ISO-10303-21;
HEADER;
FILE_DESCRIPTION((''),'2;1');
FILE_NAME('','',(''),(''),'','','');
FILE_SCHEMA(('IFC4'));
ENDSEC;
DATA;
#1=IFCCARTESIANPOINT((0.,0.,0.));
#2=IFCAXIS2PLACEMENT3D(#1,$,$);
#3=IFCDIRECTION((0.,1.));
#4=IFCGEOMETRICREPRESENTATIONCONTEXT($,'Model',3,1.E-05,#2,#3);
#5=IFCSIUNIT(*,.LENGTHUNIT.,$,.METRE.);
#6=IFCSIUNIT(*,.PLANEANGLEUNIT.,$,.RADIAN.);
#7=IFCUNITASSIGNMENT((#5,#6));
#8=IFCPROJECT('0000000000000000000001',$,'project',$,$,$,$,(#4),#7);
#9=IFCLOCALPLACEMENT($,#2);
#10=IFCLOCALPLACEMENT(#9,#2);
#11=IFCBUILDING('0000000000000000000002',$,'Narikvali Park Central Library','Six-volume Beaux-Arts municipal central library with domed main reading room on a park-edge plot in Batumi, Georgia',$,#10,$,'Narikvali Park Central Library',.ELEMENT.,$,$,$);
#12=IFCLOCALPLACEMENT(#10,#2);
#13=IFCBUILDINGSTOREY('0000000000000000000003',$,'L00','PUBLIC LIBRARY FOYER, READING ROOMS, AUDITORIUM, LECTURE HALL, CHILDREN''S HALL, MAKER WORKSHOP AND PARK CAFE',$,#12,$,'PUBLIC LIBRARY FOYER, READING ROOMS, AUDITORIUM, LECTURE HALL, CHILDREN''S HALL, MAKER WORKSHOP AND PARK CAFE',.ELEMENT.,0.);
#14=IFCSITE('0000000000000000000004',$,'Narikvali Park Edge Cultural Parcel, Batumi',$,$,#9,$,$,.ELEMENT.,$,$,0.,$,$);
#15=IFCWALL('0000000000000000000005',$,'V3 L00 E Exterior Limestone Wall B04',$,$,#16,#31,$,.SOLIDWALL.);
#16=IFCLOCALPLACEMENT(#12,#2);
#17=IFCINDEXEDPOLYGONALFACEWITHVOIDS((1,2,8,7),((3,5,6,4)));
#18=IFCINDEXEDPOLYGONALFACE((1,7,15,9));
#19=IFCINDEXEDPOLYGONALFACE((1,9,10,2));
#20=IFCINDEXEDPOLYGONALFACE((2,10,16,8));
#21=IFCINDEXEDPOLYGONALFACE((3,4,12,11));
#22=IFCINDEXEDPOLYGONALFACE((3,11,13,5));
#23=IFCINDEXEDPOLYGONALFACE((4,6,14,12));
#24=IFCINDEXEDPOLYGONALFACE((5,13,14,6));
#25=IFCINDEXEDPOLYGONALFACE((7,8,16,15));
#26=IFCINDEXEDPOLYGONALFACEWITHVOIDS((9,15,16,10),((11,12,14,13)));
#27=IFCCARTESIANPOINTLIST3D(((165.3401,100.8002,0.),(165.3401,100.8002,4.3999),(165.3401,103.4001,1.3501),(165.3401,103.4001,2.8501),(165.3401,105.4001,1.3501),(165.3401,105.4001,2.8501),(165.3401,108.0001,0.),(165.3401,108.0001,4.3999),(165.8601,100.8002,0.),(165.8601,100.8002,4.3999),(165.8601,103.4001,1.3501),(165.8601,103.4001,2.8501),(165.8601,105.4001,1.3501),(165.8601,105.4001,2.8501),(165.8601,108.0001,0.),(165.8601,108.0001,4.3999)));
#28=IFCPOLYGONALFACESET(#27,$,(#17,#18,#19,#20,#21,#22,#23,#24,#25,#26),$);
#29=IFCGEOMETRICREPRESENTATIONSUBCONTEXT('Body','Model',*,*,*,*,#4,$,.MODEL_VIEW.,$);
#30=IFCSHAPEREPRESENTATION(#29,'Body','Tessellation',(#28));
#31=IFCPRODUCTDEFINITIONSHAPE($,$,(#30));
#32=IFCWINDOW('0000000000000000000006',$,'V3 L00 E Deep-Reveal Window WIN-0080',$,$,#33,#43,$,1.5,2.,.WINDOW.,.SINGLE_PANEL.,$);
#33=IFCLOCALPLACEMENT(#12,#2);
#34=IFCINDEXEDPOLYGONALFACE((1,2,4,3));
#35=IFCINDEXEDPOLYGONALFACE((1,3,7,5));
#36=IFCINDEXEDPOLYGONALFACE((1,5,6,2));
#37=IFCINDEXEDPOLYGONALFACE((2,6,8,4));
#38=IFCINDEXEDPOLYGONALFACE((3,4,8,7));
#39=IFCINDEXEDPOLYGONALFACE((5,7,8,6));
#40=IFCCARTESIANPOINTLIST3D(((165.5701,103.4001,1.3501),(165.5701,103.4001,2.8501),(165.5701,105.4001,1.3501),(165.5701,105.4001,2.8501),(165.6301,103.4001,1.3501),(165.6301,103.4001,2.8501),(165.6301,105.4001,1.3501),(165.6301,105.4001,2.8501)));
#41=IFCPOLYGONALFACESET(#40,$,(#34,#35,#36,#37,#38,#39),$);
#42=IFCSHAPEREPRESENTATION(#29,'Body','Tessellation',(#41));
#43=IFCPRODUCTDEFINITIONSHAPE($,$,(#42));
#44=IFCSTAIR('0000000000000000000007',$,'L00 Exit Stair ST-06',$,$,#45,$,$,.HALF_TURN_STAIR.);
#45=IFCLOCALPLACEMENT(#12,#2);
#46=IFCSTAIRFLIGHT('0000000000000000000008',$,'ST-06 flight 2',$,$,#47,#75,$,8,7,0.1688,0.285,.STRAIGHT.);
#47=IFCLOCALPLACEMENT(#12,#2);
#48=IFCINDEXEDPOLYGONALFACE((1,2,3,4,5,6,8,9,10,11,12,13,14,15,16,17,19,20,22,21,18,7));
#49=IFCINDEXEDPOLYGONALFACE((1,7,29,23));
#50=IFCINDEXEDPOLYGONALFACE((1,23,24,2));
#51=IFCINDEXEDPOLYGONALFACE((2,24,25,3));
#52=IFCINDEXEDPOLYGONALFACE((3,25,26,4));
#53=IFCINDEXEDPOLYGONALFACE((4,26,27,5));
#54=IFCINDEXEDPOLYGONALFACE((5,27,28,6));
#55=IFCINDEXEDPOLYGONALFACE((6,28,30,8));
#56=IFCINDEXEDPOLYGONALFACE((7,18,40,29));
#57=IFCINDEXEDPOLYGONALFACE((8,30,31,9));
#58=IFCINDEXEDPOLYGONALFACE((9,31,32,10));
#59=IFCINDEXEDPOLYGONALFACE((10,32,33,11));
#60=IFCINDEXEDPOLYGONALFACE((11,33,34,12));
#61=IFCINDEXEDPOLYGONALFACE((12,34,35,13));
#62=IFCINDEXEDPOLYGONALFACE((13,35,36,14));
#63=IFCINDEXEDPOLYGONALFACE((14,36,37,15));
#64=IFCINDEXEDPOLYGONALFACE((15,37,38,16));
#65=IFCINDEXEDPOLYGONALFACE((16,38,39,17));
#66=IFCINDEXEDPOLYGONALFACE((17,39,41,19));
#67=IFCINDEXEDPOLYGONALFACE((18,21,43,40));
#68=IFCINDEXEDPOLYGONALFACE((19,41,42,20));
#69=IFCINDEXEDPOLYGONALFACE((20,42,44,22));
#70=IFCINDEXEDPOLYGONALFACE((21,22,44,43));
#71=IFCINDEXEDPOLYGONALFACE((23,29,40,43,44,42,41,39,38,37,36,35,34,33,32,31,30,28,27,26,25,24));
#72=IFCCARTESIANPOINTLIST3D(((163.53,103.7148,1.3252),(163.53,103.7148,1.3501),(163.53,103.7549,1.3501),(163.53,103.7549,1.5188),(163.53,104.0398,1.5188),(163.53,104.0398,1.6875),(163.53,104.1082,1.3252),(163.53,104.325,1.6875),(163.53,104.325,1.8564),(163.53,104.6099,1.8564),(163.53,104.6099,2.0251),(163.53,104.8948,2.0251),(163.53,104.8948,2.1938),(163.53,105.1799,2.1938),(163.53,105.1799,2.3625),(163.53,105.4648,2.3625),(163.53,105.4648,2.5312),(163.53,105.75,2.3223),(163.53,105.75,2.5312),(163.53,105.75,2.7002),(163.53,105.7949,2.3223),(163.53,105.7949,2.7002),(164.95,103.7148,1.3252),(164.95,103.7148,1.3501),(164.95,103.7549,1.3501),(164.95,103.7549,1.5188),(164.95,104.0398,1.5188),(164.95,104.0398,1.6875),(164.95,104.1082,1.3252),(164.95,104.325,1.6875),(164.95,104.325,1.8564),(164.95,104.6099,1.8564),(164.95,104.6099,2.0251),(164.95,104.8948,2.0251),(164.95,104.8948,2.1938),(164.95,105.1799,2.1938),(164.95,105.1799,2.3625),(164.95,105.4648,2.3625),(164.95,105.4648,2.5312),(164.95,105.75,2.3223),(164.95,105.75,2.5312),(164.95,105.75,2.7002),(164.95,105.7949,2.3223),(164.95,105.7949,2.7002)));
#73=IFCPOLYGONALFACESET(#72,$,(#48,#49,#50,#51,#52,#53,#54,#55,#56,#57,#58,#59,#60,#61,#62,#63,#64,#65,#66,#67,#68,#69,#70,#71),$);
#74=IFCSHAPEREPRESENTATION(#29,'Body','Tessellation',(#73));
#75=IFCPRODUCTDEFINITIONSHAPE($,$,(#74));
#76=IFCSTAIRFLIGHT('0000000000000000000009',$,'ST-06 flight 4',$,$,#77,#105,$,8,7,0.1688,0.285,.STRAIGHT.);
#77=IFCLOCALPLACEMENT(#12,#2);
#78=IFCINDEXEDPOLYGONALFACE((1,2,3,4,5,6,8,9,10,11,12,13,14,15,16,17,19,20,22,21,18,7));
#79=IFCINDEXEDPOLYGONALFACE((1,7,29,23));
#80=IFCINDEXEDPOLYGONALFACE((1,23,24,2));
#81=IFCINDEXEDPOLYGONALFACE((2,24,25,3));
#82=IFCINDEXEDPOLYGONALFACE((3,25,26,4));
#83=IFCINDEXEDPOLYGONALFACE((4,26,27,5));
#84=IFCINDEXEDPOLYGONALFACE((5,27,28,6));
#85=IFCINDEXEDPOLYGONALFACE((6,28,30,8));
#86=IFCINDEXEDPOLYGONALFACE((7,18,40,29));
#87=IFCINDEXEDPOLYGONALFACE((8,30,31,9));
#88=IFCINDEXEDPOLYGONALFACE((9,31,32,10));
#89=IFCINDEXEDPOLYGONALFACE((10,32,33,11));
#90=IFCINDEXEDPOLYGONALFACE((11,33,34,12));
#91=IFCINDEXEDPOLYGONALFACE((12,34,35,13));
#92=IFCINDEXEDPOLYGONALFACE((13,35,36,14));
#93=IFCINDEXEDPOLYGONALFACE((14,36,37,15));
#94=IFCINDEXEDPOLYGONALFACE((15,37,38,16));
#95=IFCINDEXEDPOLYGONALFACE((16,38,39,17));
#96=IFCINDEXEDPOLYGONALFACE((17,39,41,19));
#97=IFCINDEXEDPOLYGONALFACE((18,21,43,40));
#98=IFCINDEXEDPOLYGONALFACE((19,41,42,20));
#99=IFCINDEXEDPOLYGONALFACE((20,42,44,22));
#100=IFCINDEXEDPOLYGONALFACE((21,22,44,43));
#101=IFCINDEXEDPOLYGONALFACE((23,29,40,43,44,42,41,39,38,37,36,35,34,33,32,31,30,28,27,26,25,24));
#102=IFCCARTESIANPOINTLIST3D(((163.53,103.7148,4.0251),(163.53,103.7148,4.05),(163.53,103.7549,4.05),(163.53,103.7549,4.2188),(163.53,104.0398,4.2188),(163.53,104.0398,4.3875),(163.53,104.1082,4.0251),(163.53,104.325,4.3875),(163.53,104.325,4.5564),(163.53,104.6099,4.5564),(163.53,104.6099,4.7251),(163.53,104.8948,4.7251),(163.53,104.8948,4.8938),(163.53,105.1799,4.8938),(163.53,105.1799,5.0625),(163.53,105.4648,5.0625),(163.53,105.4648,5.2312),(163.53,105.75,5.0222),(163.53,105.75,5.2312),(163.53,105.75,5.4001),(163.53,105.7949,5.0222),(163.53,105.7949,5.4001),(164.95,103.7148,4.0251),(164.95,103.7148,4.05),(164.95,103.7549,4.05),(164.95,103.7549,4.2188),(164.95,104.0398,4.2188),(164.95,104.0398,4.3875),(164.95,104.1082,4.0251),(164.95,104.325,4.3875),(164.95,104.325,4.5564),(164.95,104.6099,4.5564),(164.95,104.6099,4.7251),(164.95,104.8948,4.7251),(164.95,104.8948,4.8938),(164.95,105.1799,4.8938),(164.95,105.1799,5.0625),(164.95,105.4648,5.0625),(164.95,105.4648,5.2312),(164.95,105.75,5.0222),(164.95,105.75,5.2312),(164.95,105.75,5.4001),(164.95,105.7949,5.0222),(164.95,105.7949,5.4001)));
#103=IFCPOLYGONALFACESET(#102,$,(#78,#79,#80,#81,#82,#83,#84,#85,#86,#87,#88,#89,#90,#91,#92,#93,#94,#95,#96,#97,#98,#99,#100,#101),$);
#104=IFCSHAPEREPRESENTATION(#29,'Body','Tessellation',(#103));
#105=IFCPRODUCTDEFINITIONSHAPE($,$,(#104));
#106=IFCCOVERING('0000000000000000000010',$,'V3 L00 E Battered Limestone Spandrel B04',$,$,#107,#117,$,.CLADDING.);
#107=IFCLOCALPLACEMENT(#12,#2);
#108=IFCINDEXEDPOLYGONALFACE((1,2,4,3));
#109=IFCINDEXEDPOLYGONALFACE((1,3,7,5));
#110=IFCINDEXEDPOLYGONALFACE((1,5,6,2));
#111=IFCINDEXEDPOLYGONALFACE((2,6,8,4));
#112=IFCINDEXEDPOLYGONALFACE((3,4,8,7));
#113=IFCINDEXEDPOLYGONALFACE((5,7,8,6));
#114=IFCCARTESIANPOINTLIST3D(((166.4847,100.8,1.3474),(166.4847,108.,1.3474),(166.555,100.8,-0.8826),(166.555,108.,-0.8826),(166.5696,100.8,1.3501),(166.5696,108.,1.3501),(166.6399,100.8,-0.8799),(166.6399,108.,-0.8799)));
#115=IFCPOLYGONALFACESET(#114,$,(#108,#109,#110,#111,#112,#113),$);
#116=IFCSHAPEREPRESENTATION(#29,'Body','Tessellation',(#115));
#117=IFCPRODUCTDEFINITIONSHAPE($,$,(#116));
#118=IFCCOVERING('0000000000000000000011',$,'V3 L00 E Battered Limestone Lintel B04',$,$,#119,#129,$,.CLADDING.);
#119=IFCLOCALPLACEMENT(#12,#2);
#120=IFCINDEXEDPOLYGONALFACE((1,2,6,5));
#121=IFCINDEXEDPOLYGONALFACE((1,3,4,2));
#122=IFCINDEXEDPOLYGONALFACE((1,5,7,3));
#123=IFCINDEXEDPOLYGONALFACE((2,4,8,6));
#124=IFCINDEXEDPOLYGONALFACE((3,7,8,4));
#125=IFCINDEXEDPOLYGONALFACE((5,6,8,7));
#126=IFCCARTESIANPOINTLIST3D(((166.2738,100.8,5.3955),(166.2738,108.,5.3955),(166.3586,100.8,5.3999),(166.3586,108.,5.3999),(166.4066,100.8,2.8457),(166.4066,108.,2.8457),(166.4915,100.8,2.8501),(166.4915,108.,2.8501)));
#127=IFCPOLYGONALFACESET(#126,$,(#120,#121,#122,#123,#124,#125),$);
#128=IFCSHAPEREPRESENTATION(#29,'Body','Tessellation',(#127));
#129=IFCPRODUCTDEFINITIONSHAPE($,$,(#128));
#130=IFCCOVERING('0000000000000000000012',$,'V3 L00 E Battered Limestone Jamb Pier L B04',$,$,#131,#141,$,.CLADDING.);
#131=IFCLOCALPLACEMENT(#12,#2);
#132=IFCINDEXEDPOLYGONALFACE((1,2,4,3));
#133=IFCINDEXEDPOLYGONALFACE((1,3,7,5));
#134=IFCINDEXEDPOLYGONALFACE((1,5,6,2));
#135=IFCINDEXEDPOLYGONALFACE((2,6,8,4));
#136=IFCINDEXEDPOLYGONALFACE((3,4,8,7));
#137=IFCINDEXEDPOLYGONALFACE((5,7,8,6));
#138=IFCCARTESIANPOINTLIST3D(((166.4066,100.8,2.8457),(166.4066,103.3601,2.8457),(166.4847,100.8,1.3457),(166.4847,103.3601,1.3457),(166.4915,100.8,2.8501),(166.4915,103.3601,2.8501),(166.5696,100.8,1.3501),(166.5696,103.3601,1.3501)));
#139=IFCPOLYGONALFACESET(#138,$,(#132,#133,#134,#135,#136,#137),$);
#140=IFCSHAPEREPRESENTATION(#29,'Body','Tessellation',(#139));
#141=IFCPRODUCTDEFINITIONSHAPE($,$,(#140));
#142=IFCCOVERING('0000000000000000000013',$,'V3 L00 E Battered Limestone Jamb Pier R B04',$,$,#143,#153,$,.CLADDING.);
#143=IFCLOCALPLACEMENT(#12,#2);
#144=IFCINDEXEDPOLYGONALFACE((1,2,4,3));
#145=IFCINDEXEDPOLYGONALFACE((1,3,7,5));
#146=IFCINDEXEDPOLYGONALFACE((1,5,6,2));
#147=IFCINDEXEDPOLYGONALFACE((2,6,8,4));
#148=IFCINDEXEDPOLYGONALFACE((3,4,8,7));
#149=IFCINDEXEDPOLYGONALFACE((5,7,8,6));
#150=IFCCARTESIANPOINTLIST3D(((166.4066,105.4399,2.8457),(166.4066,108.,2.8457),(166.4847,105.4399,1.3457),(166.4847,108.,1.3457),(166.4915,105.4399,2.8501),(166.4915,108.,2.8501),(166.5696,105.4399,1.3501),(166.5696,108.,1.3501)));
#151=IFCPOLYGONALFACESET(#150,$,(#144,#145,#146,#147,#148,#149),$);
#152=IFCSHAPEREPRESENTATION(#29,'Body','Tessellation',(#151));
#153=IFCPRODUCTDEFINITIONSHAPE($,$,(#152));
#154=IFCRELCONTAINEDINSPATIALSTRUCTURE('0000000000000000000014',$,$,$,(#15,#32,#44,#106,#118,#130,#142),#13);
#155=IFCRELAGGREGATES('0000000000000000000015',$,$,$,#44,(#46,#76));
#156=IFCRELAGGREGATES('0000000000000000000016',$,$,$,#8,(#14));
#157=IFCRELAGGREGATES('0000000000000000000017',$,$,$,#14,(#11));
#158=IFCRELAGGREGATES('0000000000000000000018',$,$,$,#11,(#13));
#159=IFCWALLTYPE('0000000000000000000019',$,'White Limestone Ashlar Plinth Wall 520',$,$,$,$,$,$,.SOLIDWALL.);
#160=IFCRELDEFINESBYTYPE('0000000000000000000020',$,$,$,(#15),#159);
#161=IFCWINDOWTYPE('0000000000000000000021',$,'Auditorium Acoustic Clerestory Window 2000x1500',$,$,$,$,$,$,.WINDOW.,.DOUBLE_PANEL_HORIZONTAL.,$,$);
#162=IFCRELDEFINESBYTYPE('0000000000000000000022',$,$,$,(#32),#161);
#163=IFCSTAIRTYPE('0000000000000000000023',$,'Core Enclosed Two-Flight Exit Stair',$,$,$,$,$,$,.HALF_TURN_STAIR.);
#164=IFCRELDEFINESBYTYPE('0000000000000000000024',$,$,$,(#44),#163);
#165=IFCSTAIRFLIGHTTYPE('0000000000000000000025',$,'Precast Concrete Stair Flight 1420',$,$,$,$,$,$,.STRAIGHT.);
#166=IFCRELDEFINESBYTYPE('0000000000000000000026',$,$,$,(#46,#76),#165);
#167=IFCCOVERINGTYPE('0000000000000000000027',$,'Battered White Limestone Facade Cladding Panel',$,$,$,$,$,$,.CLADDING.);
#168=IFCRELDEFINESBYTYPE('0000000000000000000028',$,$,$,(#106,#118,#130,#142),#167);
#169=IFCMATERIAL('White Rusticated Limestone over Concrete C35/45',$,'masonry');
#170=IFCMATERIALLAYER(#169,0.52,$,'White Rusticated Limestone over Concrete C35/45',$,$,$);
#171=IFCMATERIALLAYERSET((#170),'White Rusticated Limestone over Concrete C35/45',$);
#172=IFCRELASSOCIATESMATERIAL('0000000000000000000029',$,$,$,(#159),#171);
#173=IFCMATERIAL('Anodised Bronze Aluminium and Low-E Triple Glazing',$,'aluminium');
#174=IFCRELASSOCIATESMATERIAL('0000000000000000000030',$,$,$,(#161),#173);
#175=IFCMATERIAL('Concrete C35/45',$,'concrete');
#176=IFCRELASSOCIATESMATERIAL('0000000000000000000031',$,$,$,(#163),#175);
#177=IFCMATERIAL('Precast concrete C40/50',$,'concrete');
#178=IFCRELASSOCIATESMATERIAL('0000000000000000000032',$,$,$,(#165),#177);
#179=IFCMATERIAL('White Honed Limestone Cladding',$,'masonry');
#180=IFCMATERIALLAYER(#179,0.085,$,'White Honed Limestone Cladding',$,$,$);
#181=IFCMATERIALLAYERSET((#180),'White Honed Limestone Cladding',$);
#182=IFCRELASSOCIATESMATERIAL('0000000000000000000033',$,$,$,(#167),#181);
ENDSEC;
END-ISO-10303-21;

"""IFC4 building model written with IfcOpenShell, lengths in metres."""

from ifc_helpers import new_model, si_unit, direction, frame, frame_2d, origin, place, context, subcontext, project, spatial, polyline, rectangle, outline, extrude, material, layer, layer_set, type_object, element, fill, aggregate, save


model = new_model("IFC4")

# Units and contexts
model_context = context("Model", 3, precision=1e-05, world=origin(), true_north=direction((0.0, 1.0)))
body_context = subcontext(model_context, "Body", "Model", "MODEL_VIEW")
ifc_project = project(units=[si_unit("LENGTHUNIT", "METRE"), si_unit("PLANEANGLEUNIT", "RADIAN")], contexts=[model_context])

# Site, building, storey
site_placement = place(None, origin())
site = spatial("IfcSite", under=ifc_project, at=site_placement, Name="Narikvali Park Edge Cultural Parcel, Batumi", CompositionType="ELEMENT", RefElevation=0.0)
building_placement = place(site_placement, origin())
building = spatial("IfcBuilding", under=site, at=building_placement, Name="Narikvali Park Central Library", Description="Six-volume Beaux-Arts municipal central library with domed main reading room on a park-edge plot in Batumi, Georgia", LongName="Narikvali Park Central Library", CompositionType="ELEMENT")
storey_placement = place(building_placement, origin())
storey = spatial("IfcBuildingStorey", under=building, at=storey_placement, Name="L00", Description="PUBLIC LIBRARY FOYER, READING ROOMS, AUDITORIUM, LECTURE HALL, CHILDREN'S HALL, MAKER WORKSHOP AND PARK CAFE", LongName="PUBLIC LIBRARY FOYER, READING ROOMS, AUDITORIUM, LECTURE HALL, CHILDREN'S HALL, MAKER WORKSHOP AND PARK CAFE", CompositionType="ELEMENT", Elevation=0.0)

# Wall, opening, window
ifc_material_1 = material(Name="White Rusticated Limestone over Concrete C35/45", Category="masonry")
ifc_layer_1 = layer(ifc_material_1, 0.52, Name="White Rusticated Limestone over Concrete C35/45")
ifc_layer_set_1 = layer_set([ifc_layer_1], Name="White Rusticated Limestone over Concrete C35/45")
wall_type_1 = type_object("IfcWallType", Name="White Limestone Ashlar Plinth Wall 520", PredefinedType="SOLIDWALL", material=ifc_layer_set_1)
wall_1_placement = place(storey_placement, frame((165.6001, 100.8, 0.0), z_axis=(0.0, 0.0, 1.0), x_axis=(0.0, 1.0, 0.0)))
wall_1 = element("IfcWall", 1, at=wall_1_placement, inside=storey, type_object=wall_type_1, Name="V3 L00 E Exterior Limestone Wall B04", PredefinedType="SOLIDWALL", context=body_context, shape_type="SweptSolid", body=[
    extrude(rectangle(XDim=7.2, YDim=0.52, at=frame_2d((3.6001, 0.0))), origin(), (0.0, 0.0, 1.0), 4.3999),
])
opening_1_placement = place(wall_1_placement, frame((2.6001, 0.0, 1.3501)))
opening_1 = element("IfcOpeningElement", 2, at=opening_1_placement, cuts=wall_1, PredefinedType="OPENING", context=body_context, shape_type="SweptSolid", body=[
    extrude(rectangle(XDim=2.0, YDim=1.5, at=frame_2d((1.0, 0.75))), frame((0.0, 0.272, 0.0), z_axis=(0.0, -1.0, 0.0), x_axis=(1.0, 0.0, 0.0)), (0.0, 0.0, 1.0), 0.5439),
])
ifc_material_2 = material(Name="Anodised Bronze Aluminium and Low-E Triple Glazing", Category="aluminium")
window_type = type_object("IfcWindowType", Name="Auditorium Acoustic Clerestory Window 2000x1500", PartitioningType="DOUBLE_PANEL_HORIZONTAL", PredefinedType="WINDOW", material=ifc_material_2)
window_placement = place(opening_1_placement, origin())
window = element("IfcWindow", 3, at=window_placement, inside=storey, type_object=window_type, Name="V3 L00 E Deep-Reveal Window WIN-0080", OverallHeight=1.5, OverallWidth=2.0, PartitioningType="SINGLE_PANEL", PredefinedType="WINDOW", context=body_context, shape_type="SweptSolid", body=[
    extrude(rectangle(XDim=2.0, YDim=1.5, at=frame_2d((1.0, 0.75))), frame((0.0, 0.03, 0.0), z_axis=(0.0, -1.0, 0.0), x_axis=(1.0, 0.0, 0.0)), (0.0, 0.0, 1.0), 0.0601),
])
fill(opening_1, window)

# Stair, stair flights
ifc_material_3 = material(Name="Concrete C35/45", Category="concrete")
stair_type = type_object("IfcStairType", Name="Core Enclosed Two-Flight Exit Stair", PredefinedType="HALF_TURN_STAIR", material=ifc_material_3)
stair_placement = place(storey_placement, origin())
stair = element("IfcStair", 4, at=stair_placement, inside=storey, type_object=stair_type, Name="L00 Exit Stair ST-06", PredefinedType="HALF_TURN_STAIR")
ifc_material_4 = material(Name="Precast concrete C40/50", Category="concrete")
stair_flight_type = type_object("IfcStairFlightType", Name="Precast Concrete Stair Flight 1420", PredefinedType="STRAIGHT", material=ifc_material_4)
stair_flight_1_placement = place(storey_placement, frame((164.24, 103.7549, 1.3501), z_axis=(0.0, 0.0, 1.0), x_axis=(0.0, 1.0, 0.0)))
stair_flight_1 = element("IfcStairFlight", 5, at=stair_flight_1_placement, type_object=stair_flight_type, Name="ST-06 flight 2", NumberOfRisers=8, NumberOfTreads=7, PredefinedType="STRAIGHT", RiserHeight=0.1688, TreadLength=0.285, context=body_context, shape_type="SweptSolid", body=[
    extrude(outline(polyline([(-0.04, -0.0249), (-0.04, 0.0), (0.0, 0.0), (0.0, 0.1687), (0.2849, 0.1687), (0.2849, 0.3374), (0.5701, 0.3374), (0.5701, 0.5063), (0.855, 0.5063), (0.855, 0.675), (1.1399, 0.675), (1.1399, 0.8438), (1.425, 0.8438), (1.425, 1.0125), (1.71, 1.0125), (1.71, 1.1812), (1.9951, 1.1812), (1.9951, 1.3501), (2.04, 1.3501), (2.04, 0.9722), (1.9951, 0.9722), (0.3533, -0.0249), (-0.04, -0.0249)])), frame((0.0, 0.71, 0.0), z_axis=(0.0, -1.0, 0.0), x_axis=(1.0, 0.0, 0.0)), (0.0, 0.0, 1.0), 1.4199),
])
stair_flight_2_placement = place(storey_placement, frame((164.24, 103.7549, 4.05), z_axis=(0.0, 0.0, 1.0), x_axis=(0.0, 1.0, 0.0)))
stair_flight_2 = element("IfcStairFlight", 6, at=stair_flight_2_placement, type_object=stair_flight_type, Name="ST-06 flight 4", NumberOfRisers=8, NumberOfTreads=7, PredefinedType="STRAIGHT", RiserHeight=0.1688, TreadLength=0.285, context=body_context, shape_type="SweptSolid", body=[
    extrude(outline(polyline([(-0.04, -0.0249), (-0.04, 0.0), (0.0, 0.0), (0.0, 0.1687), (0.2849, 0.1687), (0.2849, 0.3374), (0.5701, 0.3374), (0.5701, 0.5063), (0.855, 0.5063), (0.855, 0.675), (1.1399, 0.675), (1.1399, 0.8438), (1.425, 0.8438), (1.425, 1.0125), (1.71, 1.0125), (1.71, 1.1812), (1.9951, 1.1812), (1.9951, 1.3501), (2.04, 1.3501), (2.04, 0.9722), (1.9951, 0.9722), (0.3533, -0.0249), (-0.04, -0.0249)])), frame((0.0, 0.71, 0.0), z_axis=(0.0, -1.0, 0.0), x_axis=(1.0, 0.0, 0.0)), (0.0, 0.0, 1.0), 1.4199),
])
aggregate(stair, [stair_flight_1, stair_flight_2])

# Coverings
ifc_material_5 = material(Name="White Honed Limestone Cladding", Category="masonry")
ifc_layer_2 = layer(ifc_material_5, 0.085, Name="White Honed Limestone Cladding")
ifc_layer_set_2 = layer_set([ifc_layer_2], Name="White Honed Limestone Cladding")
covering_type = type_object("IfcCoveringType", Name="Battered White Limestone Facade Cladding Panel", PredefinedType="CLADDING", material=ifc_layer_set_2)
covering_1_placement = place(storey_placement, frame((166.6399, 100.8, -0.8799), z_axis=(0.999503, 0.0, 0.031515), x_axis=(0.0, 1.0, 0.0)))
element("IfcCovering", 7, at=covering_1_placement, inside=storey, type_object=covering_type, Name="V3 L00 E Battered Limestone Spandrel B04", PredefinedType="CLADDING", context=body_context, shape_type="SweptSolid", body=[
    extrude(outline(polyline([(0.0, 0.0), (7.2, 0.0), (7.2, 2.2311), (0.0, 2.2311), (0.0, 0.0)])), origin(), (0.0, 0.0, -1.0), 0.085),
])
covering_2_placement = place(storey_placement, frame((166.4915, 100.8, 2.8501), z_axis=(0.998646, 0.0, 0.052017), x_axis=(0.0, 1.0, 0.0)))
element("IfcCovering", 8, at=covering_2_placement, inside=storey, type_object=covering_type, Name="V3 L00 E Battered Limestone Lintel B04", PredefinedType="CLADDING", context=body_context, shape_type="SweptSolid", body=[
    extrude(outline(polyline([(0.0, 0.0), (7.2, 0.0), (7.2, 2.5533), (0.0, 2.5533), (0.0, 0.0)])), origin(), (0.0, 0.0, -1.0), 0.085),
])
for number, where, z_axis, x_axis, name in (
    (9, (166.5696, 100.8, 1.3501), (0.998646, 0.0, 0.052013), (0.0, 1.0, 0.0), "V3 L00 E Battered Limestone Jamb Pier L B04"),
    (10, (166.5696, 105.4399, 1.3501), (0.998646, 0.0, 0.052013), (0.0, 1.0, 0.0), "V3 L00 E Battered Limestone Jamb Pier R B04"),
):
    element("IfcCovering", number, at=place(storey_placement, frame(where, z_axis=z_axis, x_axis=x_axis)), inside=storey, type_object=covering_type, Name=name, PredefinedType="CLADDING", context=body_context, shape_type="SweptSolid", body=[
        extrude(outline(polyline([(0.0, 0.0), (2.5601, 0.0), (2.5601, 1.502), (0.0, 1.502), (0.0, 0.0)])), origin(), (0.0, 0.0, -1.0), 0.085),
    ])

save(model, "model.ifc")
